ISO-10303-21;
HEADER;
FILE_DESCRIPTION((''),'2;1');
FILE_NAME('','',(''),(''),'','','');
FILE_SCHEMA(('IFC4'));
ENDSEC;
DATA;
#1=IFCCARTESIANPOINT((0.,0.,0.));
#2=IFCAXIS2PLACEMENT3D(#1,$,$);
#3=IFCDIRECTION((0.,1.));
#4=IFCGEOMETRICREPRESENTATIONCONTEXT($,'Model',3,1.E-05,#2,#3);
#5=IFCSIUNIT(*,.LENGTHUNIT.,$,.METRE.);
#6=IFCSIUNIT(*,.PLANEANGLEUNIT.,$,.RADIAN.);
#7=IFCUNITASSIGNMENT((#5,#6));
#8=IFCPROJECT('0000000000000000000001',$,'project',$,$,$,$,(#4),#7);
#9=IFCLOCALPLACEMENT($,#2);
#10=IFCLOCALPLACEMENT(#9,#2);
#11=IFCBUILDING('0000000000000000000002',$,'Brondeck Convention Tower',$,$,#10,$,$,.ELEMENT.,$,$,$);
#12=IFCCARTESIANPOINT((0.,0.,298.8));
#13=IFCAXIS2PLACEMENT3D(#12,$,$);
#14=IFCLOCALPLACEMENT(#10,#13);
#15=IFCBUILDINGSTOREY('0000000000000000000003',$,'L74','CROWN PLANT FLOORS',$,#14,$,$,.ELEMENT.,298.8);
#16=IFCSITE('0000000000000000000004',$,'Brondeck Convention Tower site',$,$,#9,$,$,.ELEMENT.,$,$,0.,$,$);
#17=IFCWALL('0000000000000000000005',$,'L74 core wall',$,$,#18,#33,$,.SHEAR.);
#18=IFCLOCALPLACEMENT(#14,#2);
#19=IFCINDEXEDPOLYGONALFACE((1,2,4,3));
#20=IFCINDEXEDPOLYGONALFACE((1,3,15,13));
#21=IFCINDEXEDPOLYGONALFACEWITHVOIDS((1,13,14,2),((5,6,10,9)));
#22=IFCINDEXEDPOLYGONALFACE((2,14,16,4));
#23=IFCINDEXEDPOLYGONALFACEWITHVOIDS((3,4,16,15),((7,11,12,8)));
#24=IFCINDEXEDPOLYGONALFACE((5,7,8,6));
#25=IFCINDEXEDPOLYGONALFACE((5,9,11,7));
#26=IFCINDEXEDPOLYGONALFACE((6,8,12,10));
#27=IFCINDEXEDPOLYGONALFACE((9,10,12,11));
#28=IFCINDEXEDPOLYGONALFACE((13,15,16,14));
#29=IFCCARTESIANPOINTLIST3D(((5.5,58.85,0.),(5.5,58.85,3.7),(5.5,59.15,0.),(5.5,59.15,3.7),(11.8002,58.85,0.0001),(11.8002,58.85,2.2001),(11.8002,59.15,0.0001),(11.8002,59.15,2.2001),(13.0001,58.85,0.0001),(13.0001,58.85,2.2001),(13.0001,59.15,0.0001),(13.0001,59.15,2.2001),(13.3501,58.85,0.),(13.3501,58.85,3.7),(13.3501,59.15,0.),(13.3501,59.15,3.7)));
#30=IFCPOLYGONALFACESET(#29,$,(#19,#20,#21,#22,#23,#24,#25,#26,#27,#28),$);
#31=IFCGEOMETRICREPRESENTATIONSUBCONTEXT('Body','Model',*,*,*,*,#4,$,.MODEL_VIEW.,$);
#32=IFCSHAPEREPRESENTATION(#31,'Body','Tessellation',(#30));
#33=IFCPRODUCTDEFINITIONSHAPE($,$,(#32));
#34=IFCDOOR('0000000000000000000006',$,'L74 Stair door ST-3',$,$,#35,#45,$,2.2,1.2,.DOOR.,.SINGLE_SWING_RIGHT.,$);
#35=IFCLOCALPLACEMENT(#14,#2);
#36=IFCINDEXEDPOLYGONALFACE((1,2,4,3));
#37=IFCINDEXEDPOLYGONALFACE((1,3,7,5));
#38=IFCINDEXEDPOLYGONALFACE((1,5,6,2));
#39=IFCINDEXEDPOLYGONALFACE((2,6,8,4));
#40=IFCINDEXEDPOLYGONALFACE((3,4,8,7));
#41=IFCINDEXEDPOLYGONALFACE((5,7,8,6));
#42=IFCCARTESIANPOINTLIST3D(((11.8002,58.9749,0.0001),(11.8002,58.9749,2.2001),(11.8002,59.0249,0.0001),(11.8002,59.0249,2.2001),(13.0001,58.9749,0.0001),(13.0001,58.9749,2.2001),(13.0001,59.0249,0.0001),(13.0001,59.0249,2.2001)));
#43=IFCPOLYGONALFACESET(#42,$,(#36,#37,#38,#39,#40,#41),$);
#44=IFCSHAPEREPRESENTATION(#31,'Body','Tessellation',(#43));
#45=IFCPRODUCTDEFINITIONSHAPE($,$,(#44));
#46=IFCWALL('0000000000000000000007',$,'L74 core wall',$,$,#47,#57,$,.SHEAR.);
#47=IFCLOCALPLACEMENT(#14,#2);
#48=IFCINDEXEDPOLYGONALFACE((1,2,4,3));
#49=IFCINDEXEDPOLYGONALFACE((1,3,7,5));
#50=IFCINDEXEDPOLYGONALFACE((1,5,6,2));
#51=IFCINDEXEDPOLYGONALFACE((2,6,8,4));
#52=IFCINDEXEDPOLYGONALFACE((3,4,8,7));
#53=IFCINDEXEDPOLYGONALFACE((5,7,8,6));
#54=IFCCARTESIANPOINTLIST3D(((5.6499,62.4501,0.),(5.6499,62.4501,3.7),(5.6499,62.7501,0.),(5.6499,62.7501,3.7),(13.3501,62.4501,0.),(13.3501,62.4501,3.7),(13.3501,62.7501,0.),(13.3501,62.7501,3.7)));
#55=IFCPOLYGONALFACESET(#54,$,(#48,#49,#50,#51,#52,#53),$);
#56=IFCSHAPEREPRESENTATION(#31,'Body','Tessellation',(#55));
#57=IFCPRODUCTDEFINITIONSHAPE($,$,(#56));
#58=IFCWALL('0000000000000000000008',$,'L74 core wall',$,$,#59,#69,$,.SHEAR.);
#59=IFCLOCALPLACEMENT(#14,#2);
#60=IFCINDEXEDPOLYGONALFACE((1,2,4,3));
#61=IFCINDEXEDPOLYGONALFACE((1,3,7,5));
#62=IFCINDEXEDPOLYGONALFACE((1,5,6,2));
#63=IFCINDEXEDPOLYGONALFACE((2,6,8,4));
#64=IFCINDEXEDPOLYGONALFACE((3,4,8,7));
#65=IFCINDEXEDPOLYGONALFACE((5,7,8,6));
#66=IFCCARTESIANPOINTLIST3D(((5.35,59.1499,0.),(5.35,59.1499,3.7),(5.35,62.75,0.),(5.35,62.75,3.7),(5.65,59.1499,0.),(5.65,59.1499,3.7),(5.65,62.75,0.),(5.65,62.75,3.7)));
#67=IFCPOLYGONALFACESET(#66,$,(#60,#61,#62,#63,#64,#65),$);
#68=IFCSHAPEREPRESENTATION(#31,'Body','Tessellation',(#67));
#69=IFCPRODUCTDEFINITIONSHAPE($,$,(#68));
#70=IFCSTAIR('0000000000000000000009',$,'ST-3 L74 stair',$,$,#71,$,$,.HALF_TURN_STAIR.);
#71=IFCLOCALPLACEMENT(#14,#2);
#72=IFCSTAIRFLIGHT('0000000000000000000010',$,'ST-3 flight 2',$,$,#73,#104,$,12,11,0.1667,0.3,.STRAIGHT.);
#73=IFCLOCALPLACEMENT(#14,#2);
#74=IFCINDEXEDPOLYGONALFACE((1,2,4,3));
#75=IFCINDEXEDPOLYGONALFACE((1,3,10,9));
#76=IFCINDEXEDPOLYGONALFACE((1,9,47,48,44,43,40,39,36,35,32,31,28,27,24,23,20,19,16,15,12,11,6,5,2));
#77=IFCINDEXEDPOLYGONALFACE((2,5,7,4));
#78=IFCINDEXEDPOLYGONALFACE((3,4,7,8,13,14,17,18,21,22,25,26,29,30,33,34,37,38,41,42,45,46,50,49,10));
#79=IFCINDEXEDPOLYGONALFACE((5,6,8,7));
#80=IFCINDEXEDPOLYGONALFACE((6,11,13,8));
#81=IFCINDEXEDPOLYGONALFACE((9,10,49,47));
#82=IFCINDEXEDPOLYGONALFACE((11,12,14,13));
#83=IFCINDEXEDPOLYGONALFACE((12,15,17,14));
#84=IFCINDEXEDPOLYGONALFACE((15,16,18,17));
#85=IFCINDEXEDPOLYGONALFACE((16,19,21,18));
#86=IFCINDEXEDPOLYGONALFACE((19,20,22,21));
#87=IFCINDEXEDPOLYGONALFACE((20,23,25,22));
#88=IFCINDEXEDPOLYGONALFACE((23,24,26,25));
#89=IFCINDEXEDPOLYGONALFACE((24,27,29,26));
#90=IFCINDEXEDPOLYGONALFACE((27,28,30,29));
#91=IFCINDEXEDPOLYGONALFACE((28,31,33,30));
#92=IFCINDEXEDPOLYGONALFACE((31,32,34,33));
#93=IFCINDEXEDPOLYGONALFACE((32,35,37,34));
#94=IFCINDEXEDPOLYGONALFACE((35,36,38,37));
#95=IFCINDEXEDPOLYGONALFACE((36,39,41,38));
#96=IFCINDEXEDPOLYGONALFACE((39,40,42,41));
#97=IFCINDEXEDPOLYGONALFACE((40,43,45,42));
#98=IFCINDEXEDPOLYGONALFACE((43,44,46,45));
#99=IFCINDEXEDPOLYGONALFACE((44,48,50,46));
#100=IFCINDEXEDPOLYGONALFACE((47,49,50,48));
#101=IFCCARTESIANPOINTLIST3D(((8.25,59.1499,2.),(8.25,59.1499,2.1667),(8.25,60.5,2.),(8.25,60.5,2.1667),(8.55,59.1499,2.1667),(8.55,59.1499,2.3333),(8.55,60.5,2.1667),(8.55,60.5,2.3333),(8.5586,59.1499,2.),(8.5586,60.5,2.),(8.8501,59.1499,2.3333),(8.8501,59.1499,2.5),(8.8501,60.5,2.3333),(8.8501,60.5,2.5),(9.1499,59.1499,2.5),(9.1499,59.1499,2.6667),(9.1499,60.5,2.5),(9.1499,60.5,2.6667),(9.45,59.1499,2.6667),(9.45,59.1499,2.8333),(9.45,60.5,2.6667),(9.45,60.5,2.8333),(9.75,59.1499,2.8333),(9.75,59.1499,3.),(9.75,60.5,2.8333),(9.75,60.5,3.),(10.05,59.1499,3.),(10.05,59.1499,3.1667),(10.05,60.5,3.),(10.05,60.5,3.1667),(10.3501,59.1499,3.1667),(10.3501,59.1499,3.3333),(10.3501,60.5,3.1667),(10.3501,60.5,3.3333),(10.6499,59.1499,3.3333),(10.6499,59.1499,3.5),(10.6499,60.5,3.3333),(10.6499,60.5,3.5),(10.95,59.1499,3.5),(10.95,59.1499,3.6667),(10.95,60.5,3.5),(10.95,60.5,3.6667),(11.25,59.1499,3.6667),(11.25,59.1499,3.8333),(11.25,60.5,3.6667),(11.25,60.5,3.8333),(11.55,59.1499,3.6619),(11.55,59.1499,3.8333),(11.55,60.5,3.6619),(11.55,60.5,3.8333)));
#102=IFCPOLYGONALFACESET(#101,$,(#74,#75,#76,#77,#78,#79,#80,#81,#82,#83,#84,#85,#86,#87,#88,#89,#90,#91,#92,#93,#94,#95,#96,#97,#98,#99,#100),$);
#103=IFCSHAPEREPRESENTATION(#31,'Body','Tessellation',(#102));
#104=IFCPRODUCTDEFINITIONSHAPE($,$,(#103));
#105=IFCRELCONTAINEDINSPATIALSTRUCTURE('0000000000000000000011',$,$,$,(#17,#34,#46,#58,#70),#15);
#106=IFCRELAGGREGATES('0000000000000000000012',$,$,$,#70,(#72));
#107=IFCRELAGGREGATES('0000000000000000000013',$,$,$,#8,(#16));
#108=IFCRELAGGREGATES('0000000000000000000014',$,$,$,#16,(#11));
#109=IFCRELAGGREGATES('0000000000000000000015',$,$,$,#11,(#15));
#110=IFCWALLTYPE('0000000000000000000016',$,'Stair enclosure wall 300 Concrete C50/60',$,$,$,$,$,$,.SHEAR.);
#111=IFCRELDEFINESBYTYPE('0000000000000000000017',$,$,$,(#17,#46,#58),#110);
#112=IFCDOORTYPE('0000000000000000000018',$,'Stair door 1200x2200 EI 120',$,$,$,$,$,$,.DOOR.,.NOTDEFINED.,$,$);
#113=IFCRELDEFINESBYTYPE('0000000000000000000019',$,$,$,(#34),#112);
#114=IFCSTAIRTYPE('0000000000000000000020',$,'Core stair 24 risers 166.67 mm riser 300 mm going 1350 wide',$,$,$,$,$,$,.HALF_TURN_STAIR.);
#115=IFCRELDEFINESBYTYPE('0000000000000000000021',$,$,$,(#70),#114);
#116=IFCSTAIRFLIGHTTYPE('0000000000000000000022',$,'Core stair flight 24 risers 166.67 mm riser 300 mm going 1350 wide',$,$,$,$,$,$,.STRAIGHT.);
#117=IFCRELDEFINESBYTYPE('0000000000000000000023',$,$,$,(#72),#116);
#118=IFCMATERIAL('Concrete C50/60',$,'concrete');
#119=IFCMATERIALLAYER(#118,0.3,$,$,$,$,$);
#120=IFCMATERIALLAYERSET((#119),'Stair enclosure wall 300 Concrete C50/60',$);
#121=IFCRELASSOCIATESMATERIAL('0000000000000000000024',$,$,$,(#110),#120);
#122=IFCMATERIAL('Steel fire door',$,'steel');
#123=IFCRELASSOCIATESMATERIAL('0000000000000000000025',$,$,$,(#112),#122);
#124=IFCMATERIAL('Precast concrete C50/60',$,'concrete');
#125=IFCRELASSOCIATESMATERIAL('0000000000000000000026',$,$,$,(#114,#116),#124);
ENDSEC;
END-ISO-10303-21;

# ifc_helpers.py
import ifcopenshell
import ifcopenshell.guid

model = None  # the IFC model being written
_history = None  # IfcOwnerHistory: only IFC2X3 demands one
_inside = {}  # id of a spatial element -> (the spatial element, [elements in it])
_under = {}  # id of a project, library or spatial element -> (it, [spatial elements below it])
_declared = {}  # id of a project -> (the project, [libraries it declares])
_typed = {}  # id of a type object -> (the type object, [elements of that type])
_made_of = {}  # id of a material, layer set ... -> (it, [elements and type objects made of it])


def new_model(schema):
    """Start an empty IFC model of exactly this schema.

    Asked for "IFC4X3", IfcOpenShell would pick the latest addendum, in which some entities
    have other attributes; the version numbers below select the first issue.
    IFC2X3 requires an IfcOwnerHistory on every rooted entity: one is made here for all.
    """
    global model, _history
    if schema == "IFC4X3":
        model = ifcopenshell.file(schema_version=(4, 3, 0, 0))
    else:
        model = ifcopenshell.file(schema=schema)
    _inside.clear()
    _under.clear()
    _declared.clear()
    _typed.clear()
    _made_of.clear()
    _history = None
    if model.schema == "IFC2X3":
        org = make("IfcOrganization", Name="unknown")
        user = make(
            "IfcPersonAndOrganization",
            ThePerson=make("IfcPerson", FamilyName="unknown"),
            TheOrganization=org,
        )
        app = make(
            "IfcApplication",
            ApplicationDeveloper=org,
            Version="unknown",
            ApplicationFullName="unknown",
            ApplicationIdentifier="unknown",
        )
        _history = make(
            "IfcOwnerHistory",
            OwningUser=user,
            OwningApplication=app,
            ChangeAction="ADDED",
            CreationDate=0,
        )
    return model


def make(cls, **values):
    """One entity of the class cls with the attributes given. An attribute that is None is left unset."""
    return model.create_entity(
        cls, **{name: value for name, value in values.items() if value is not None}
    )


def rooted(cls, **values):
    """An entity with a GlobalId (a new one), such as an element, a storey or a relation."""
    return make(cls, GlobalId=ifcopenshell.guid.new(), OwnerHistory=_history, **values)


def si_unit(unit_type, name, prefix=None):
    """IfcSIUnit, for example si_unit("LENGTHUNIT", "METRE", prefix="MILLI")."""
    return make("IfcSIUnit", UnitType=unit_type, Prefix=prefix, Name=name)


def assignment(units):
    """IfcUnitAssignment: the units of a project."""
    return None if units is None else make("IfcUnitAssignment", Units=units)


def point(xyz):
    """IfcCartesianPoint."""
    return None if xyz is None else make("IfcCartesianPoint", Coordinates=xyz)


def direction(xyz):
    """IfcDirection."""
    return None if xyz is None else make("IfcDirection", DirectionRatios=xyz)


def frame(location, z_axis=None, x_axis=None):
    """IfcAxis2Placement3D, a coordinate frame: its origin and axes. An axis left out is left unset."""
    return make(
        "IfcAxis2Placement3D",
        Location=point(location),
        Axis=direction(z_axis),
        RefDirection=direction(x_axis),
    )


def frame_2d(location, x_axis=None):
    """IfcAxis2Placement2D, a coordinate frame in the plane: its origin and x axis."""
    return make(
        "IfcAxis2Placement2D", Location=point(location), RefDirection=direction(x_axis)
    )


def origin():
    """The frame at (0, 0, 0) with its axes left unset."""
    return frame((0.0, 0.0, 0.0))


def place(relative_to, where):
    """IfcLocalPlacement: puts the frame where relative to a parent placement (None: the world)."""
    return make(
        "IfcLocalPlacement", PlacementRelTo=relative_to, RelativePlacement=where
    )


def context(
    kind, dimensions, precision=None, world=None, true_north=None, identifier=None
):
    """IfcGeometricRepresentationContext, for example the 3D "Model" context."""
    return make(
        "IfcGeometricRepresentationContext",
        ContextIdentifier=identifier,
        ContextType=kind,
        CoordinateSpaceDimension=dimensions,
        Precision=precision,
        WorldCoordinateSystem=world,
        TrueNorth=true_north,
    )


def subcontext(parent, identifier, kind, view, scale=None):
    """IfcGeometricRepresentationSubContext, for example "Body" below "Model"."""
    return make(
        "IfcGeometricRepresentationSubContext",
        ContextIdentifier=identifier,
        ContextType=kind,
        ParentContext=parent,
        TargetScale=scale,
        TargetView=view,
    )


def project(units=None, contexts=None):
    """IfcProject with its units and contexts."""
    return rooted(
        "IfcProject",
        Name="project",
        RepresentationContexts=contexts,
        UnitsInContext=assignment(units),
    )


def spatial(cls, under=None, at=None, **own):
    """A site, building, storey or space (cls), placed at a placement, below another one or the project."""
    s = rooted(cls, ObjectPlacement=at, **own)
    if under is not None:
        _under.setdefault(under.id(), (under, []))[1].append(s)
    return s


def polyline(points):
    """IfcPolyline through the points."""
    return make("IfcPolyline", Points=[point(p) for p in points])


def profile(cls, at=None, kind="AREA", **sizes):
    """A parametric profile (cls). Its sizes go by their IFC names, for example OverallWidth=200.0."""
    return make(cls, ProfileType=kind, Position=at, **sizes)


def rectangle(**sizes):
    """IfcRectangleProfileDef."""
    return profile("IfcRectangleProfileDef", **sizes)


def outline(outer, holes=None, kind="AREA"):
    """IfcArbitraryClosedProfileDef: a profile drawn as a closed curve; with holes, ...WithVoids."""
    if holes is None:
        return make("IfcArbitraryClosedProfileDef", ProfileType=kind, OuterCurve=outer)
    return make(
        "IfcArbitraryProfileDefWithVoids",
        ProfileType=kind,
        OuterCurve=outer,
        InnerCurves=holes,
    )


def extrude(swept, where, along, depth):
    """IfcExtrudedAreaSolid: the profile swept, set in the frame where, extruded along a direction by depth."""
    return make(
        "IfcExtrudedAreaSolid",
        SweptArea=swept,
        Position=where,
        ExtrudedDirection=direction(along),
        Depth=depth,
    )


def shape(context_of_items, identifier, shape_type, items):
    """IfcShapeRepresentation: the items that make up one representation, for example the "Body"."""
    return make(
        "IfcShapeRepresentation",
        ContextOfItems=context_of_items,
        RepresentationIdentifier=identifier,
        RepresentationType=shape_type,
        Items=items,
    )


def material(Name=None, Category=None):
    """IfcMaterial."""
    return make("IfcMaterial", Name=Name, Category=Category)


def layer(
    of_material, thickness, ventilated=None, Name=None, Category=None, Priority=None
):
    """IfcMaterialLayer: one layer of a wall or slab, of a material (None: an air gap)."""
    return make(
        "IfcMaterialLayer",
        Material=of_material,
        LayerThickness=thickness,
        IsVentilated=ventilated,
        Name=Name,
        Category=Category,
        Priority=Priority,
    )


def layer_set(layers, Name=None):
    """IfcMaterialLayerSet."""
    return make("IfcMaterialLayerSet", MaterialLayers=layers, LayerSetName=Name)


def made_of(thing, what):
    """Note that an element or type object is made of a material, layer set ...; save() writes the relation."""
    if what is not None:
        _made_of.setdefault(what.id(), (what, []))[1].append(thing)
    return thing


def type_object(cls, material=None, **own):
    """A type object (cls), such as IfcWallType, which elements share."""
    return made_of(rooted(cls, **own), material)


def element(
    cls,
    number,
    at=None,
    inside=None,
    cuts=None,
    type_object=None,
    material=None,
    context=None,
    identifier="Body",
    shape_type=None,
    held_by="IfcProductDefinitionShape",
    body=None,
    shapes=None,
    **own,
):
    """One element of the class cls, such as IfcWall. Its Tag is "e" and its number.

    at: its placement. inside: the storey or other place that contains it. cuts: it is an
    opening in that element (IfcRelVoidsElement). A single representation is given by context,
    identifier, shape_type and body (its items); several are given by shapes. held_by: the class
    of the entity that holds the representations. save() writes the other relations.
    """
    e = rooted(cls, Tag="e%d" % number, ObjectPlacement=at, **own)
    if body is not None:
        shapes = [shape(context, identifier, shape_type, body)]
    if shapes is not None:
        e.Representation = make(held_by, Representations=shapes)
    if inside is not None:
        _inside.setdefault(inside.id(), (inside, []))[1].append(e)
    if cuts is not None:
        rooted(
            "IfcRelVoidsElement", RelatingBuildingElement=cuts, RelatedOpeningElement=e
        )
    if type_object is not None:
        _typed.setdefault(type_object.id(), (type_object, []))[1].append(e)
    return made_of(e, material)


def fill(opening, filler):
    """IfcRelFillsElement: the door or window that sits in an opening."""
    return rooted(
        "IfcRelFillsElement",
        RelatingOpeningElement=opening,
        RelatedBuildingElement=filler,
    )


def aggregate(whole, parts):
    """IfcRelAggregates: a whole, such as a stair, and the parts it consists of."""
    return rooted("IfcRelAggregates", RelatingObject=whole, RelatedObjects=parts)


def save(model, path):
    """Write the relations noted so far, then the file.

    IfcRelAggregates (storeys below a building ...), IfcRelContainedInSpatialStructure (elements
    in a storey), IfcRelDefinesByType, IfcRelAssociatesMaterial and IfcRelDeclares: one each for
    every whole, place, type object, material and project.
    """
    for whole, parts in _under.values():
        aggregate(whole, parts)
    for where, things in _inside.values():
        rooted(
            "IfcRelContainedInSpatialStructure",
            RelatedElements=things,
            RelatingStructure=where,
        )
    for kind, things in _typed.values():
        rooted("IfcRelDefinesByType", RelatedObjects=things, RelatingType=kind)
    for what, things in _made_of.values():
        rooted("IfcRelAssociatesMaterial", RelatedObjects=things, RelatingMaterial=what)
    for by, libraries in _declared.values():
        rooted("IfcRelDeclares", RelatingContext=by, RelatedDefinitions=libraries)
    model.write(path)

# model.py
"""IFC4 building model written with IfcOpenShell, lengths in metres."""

from ifc_helpers import new_model, si_unit, direction, frame, frame_2d, origin, place, context, subcontext, project, spatial, polyline, rectangle, outline, extrude, material, layer, layer_set, type_object, element, fill, aggregate, save


model = new_model("IFC4")

# Units and contexts
model_context = context("Model", 3, precision=1e-05, world=origin(), true_north=direction((0.0, 1.0)))
body_context = subcontext(model_context, "Body", "Model", "MODEL_VIEW")
ifc_project = project(units=[si_unit("LENGTHUNIT", "METRE"), si_unit("PLANEANGLEUNIT", "RADIAN")], contexts=[model_context])

# Site, building, storey
site_placement = place(None, origin())
site = spatial("IfcSite", under=ifc_project, at=site_placement, Name="Brondeck Convention Tower site", CompositionType="ELEMENT", RefElevation=0.0)
building_placement = place(site_placement, origin())
building = spatial("IfcBuilding", under=site, at=building_placement, Name="Brondeck Convention Tower", CompositionType="ELEMENT")
storey_placement = place(building_placement, frame((0.0, 0.0, 298.8)))
storey = spatial("IfcBuildingStorey", under=building, at=storey_placement, Name="L74", Description="CROWN PLANT FLOORS", CompositionType="ELEMENT", Elevation=298.8)

# Shared definitions
ifc_material_1 = material(Name="Concrete C50/60", Category="concrete")

# Wall, opening, door
ifc_layer_1 = layer(ifc_material_1, 0.3)
ifc_layer_set_1 = layer_set([ifc_layer_1], Name="Stair enclosure wall 300 Concrete C50/60")
wall_type_1 = type_object("IfcWallType", Name="Stair enclosure wall 300 Concrete C50/60", PredefinedType="SHEAR", material=ifc_layer_set_1)
wall_1_placement = place(storey_placement, frame((5.5, 59.0, 0.0), z_axis=(0.0, 0.0, 1.0), x_axis=(1.0, 0.0, 0.0)))
wall_1 = element("IfcWall", 1, at=wall_1_placement, inside=storey, type_object=wall_type_1, Name="L74 core wall", PredefinedType="SHEAR", context=body_context, shape_type="SweptSolid", body=[
    extrude(rectangle(XDim=7.8501, YDim=0.3, at=frame_2d((3.925, 0.0))), origin(), (0.0, 0.0, 1.0), 3.7),
])
opening_1_placement = place(wall_1_placement, frame((6.3, 0.0, 0.0)))
opening_1 = element("IfcOpeningElement", 2, at=opening_1_placement, cuts=wall_1, PredefinedType="OPENING", context=body_context, shape_type="SweptSolid", body=[
    extrude(rectangle(XDim=1.2, YDim=2.2, at=frame_2d((0.6001, 1.1001))), frame((0.0, 0.1599, 0.0), z_axis=(0.0, -1.0, 0.0), x_axis=(1.0, 0.0, 0.0)), (0.0, 0.0, 1.0), 0.3201),
])
ifc_material_2 = material(Name="Steel fire door", Category="steel")
door_type_1 = type_object("IfcDoorType", Name="Stair door 1200x2200 EI 120", OperationType="NOTDEFINED", PredefinedType="DOOR", material=ifc_material_2)
door_1_placement = place(opening_1_placement, origin())
door_1 = element("IfcDoor", 3, at=door_1_placement, inside=storey, type_object=door_type_1, Name="L74 Stair door ST-3", OperationType="SINGLE_SWING_RIGHT", OverallHeight=2.2, OverallWidth=1.2, PredefinedType="DOOR", context=body_context, shape_type="SweptSolid", body=[
    extrude(rectangle(XDim=1.2, YDim=2.2, at=frame_2d((0.6001, 1.1001))), frame((0.0, 0.0249, 0.0), z_axis=(0.0, -1.0, 0.0), x_axis=(1.0, 0.0, 0.0)), (0.0, 0.0, 1.0), 0.05),
])
fill(opening_1, door_1)

# Walls
wall_2_placement = place(storey_placement, frame((5.6499, 62.6001, 0.0), z_axis=(0.0, 0.0, 1.0), x_axis=(1.0, 0.0, 0.0)))
element("IfcWall", 4, at=wall_2_placement, inside=storey, type_object=wall_type_1, Name="L74 core wall", PredefinedType="SHEAR", context=body_context, shape_type="SweptSolid", body=[
    extrude(rectangle(XDim=7.7002, YDim=0.3, at=frame_2d((3.8501, 0.0))), origin(), (0.0, 0.0, 1.0), 3.7),
])
wall_3_placement = place(storey_placement, frame((5.5, 59.1499, 0.0), z_axis=(0.0, 0.0, 1.0), x_axis=(0.0, 1.0, 0.0)))
element("IfcWall", 5, at=wall_3_placement, inside=storey, type_object=wall_type_1, Name="L74 core wall", PredefinedType="SHEAR", context=body_context, shape_type="SweptSolid", body=[
    extrude(rectangle(XDim=3.6001, YDim=0.3, at=frame_2d((1.8, 0.0))), origin(), (0.0, 0.0, 1.0), 3.7),
])

# Stair, stair flight
ifc_material_3 = material(Name="Precast concrete C50/60", Category="concrete")
stair_type = type_object("IfcStairType", Name="Core stair 24 risers 166.67 mm riser 300 mm going 1350 wide", PredefinedType="HALF_TURN_STAIR", material=ifc_material_3)
stair_placement = place(storey_placement, origin())
stair = element("IfcStair", 6, at=stair_placement, inside=storey, type_object=stair_type, Name="ST-3 L74 stair", PredefinedType="HALF_TURN_STAIR")
stair_flight_type = type_object("IfcStairFlightType", Name="Core stair flight 24 risers 166.67 mm riser 300 mm going 1350 wide", PredefinedType="STRAIGHT", material=ifc_material_3)
stair_flight_placement = place(storey_placement, frame((8.25, 59.825, 2.0), z_axis=(0.0, 0.0, 1.0), x_axis=(1.0, 0.0, 0.0)))
stair_flight = element("IfcStairFlight", 7, at=stair_flight_placement, type_object=stair_flight_type, Name="ST-3 flight 2", NumberOfRisers=12, NumberOfTreads=11, PredefinedType="STRAIGHT", RiserHeight=0.1667, TreadLength=0.3, context=body_context, shape_type="SweptSolid", body=[
    extrude(outline(polyline([(0.0, 0.0), (0.0, 0.1667), (0.3, 0.1667), (0.3, 0.3333), (0.6001, 0.3333), (0.6001, 0.5), (0.8999, 0.5), (0.8999, 0.6667), (1.2, 0.6667), (1.2, 0.8333), (1.5, 0.8333), (1.5, 1.0), (1.8, 1.0), (1.8, 1.1667), (2.1001, 1.1667), (2.1001, 1.3333), (2.3999, 1.3333), (2.3999, 1.5), (2.7, 1.5), (2.7, 1.6667), (3.0, 1.6667), (3.0, 1.8333), (3.3, 1.8333), (3.3, 2.0), (3.3, 1.6619), (0.3086, 0.0), (0.0, 0.0)])), frame((0.0, 0.675, 0.0), z_axis=(0.0, -1.0, 0.0), x_axis=(1.0, 0.0, 0.0)), (0.0, 0.0, 1.0), 1.3501),
])
aggregate(stair, [stair_flight])

save(model, "model.ifc")
